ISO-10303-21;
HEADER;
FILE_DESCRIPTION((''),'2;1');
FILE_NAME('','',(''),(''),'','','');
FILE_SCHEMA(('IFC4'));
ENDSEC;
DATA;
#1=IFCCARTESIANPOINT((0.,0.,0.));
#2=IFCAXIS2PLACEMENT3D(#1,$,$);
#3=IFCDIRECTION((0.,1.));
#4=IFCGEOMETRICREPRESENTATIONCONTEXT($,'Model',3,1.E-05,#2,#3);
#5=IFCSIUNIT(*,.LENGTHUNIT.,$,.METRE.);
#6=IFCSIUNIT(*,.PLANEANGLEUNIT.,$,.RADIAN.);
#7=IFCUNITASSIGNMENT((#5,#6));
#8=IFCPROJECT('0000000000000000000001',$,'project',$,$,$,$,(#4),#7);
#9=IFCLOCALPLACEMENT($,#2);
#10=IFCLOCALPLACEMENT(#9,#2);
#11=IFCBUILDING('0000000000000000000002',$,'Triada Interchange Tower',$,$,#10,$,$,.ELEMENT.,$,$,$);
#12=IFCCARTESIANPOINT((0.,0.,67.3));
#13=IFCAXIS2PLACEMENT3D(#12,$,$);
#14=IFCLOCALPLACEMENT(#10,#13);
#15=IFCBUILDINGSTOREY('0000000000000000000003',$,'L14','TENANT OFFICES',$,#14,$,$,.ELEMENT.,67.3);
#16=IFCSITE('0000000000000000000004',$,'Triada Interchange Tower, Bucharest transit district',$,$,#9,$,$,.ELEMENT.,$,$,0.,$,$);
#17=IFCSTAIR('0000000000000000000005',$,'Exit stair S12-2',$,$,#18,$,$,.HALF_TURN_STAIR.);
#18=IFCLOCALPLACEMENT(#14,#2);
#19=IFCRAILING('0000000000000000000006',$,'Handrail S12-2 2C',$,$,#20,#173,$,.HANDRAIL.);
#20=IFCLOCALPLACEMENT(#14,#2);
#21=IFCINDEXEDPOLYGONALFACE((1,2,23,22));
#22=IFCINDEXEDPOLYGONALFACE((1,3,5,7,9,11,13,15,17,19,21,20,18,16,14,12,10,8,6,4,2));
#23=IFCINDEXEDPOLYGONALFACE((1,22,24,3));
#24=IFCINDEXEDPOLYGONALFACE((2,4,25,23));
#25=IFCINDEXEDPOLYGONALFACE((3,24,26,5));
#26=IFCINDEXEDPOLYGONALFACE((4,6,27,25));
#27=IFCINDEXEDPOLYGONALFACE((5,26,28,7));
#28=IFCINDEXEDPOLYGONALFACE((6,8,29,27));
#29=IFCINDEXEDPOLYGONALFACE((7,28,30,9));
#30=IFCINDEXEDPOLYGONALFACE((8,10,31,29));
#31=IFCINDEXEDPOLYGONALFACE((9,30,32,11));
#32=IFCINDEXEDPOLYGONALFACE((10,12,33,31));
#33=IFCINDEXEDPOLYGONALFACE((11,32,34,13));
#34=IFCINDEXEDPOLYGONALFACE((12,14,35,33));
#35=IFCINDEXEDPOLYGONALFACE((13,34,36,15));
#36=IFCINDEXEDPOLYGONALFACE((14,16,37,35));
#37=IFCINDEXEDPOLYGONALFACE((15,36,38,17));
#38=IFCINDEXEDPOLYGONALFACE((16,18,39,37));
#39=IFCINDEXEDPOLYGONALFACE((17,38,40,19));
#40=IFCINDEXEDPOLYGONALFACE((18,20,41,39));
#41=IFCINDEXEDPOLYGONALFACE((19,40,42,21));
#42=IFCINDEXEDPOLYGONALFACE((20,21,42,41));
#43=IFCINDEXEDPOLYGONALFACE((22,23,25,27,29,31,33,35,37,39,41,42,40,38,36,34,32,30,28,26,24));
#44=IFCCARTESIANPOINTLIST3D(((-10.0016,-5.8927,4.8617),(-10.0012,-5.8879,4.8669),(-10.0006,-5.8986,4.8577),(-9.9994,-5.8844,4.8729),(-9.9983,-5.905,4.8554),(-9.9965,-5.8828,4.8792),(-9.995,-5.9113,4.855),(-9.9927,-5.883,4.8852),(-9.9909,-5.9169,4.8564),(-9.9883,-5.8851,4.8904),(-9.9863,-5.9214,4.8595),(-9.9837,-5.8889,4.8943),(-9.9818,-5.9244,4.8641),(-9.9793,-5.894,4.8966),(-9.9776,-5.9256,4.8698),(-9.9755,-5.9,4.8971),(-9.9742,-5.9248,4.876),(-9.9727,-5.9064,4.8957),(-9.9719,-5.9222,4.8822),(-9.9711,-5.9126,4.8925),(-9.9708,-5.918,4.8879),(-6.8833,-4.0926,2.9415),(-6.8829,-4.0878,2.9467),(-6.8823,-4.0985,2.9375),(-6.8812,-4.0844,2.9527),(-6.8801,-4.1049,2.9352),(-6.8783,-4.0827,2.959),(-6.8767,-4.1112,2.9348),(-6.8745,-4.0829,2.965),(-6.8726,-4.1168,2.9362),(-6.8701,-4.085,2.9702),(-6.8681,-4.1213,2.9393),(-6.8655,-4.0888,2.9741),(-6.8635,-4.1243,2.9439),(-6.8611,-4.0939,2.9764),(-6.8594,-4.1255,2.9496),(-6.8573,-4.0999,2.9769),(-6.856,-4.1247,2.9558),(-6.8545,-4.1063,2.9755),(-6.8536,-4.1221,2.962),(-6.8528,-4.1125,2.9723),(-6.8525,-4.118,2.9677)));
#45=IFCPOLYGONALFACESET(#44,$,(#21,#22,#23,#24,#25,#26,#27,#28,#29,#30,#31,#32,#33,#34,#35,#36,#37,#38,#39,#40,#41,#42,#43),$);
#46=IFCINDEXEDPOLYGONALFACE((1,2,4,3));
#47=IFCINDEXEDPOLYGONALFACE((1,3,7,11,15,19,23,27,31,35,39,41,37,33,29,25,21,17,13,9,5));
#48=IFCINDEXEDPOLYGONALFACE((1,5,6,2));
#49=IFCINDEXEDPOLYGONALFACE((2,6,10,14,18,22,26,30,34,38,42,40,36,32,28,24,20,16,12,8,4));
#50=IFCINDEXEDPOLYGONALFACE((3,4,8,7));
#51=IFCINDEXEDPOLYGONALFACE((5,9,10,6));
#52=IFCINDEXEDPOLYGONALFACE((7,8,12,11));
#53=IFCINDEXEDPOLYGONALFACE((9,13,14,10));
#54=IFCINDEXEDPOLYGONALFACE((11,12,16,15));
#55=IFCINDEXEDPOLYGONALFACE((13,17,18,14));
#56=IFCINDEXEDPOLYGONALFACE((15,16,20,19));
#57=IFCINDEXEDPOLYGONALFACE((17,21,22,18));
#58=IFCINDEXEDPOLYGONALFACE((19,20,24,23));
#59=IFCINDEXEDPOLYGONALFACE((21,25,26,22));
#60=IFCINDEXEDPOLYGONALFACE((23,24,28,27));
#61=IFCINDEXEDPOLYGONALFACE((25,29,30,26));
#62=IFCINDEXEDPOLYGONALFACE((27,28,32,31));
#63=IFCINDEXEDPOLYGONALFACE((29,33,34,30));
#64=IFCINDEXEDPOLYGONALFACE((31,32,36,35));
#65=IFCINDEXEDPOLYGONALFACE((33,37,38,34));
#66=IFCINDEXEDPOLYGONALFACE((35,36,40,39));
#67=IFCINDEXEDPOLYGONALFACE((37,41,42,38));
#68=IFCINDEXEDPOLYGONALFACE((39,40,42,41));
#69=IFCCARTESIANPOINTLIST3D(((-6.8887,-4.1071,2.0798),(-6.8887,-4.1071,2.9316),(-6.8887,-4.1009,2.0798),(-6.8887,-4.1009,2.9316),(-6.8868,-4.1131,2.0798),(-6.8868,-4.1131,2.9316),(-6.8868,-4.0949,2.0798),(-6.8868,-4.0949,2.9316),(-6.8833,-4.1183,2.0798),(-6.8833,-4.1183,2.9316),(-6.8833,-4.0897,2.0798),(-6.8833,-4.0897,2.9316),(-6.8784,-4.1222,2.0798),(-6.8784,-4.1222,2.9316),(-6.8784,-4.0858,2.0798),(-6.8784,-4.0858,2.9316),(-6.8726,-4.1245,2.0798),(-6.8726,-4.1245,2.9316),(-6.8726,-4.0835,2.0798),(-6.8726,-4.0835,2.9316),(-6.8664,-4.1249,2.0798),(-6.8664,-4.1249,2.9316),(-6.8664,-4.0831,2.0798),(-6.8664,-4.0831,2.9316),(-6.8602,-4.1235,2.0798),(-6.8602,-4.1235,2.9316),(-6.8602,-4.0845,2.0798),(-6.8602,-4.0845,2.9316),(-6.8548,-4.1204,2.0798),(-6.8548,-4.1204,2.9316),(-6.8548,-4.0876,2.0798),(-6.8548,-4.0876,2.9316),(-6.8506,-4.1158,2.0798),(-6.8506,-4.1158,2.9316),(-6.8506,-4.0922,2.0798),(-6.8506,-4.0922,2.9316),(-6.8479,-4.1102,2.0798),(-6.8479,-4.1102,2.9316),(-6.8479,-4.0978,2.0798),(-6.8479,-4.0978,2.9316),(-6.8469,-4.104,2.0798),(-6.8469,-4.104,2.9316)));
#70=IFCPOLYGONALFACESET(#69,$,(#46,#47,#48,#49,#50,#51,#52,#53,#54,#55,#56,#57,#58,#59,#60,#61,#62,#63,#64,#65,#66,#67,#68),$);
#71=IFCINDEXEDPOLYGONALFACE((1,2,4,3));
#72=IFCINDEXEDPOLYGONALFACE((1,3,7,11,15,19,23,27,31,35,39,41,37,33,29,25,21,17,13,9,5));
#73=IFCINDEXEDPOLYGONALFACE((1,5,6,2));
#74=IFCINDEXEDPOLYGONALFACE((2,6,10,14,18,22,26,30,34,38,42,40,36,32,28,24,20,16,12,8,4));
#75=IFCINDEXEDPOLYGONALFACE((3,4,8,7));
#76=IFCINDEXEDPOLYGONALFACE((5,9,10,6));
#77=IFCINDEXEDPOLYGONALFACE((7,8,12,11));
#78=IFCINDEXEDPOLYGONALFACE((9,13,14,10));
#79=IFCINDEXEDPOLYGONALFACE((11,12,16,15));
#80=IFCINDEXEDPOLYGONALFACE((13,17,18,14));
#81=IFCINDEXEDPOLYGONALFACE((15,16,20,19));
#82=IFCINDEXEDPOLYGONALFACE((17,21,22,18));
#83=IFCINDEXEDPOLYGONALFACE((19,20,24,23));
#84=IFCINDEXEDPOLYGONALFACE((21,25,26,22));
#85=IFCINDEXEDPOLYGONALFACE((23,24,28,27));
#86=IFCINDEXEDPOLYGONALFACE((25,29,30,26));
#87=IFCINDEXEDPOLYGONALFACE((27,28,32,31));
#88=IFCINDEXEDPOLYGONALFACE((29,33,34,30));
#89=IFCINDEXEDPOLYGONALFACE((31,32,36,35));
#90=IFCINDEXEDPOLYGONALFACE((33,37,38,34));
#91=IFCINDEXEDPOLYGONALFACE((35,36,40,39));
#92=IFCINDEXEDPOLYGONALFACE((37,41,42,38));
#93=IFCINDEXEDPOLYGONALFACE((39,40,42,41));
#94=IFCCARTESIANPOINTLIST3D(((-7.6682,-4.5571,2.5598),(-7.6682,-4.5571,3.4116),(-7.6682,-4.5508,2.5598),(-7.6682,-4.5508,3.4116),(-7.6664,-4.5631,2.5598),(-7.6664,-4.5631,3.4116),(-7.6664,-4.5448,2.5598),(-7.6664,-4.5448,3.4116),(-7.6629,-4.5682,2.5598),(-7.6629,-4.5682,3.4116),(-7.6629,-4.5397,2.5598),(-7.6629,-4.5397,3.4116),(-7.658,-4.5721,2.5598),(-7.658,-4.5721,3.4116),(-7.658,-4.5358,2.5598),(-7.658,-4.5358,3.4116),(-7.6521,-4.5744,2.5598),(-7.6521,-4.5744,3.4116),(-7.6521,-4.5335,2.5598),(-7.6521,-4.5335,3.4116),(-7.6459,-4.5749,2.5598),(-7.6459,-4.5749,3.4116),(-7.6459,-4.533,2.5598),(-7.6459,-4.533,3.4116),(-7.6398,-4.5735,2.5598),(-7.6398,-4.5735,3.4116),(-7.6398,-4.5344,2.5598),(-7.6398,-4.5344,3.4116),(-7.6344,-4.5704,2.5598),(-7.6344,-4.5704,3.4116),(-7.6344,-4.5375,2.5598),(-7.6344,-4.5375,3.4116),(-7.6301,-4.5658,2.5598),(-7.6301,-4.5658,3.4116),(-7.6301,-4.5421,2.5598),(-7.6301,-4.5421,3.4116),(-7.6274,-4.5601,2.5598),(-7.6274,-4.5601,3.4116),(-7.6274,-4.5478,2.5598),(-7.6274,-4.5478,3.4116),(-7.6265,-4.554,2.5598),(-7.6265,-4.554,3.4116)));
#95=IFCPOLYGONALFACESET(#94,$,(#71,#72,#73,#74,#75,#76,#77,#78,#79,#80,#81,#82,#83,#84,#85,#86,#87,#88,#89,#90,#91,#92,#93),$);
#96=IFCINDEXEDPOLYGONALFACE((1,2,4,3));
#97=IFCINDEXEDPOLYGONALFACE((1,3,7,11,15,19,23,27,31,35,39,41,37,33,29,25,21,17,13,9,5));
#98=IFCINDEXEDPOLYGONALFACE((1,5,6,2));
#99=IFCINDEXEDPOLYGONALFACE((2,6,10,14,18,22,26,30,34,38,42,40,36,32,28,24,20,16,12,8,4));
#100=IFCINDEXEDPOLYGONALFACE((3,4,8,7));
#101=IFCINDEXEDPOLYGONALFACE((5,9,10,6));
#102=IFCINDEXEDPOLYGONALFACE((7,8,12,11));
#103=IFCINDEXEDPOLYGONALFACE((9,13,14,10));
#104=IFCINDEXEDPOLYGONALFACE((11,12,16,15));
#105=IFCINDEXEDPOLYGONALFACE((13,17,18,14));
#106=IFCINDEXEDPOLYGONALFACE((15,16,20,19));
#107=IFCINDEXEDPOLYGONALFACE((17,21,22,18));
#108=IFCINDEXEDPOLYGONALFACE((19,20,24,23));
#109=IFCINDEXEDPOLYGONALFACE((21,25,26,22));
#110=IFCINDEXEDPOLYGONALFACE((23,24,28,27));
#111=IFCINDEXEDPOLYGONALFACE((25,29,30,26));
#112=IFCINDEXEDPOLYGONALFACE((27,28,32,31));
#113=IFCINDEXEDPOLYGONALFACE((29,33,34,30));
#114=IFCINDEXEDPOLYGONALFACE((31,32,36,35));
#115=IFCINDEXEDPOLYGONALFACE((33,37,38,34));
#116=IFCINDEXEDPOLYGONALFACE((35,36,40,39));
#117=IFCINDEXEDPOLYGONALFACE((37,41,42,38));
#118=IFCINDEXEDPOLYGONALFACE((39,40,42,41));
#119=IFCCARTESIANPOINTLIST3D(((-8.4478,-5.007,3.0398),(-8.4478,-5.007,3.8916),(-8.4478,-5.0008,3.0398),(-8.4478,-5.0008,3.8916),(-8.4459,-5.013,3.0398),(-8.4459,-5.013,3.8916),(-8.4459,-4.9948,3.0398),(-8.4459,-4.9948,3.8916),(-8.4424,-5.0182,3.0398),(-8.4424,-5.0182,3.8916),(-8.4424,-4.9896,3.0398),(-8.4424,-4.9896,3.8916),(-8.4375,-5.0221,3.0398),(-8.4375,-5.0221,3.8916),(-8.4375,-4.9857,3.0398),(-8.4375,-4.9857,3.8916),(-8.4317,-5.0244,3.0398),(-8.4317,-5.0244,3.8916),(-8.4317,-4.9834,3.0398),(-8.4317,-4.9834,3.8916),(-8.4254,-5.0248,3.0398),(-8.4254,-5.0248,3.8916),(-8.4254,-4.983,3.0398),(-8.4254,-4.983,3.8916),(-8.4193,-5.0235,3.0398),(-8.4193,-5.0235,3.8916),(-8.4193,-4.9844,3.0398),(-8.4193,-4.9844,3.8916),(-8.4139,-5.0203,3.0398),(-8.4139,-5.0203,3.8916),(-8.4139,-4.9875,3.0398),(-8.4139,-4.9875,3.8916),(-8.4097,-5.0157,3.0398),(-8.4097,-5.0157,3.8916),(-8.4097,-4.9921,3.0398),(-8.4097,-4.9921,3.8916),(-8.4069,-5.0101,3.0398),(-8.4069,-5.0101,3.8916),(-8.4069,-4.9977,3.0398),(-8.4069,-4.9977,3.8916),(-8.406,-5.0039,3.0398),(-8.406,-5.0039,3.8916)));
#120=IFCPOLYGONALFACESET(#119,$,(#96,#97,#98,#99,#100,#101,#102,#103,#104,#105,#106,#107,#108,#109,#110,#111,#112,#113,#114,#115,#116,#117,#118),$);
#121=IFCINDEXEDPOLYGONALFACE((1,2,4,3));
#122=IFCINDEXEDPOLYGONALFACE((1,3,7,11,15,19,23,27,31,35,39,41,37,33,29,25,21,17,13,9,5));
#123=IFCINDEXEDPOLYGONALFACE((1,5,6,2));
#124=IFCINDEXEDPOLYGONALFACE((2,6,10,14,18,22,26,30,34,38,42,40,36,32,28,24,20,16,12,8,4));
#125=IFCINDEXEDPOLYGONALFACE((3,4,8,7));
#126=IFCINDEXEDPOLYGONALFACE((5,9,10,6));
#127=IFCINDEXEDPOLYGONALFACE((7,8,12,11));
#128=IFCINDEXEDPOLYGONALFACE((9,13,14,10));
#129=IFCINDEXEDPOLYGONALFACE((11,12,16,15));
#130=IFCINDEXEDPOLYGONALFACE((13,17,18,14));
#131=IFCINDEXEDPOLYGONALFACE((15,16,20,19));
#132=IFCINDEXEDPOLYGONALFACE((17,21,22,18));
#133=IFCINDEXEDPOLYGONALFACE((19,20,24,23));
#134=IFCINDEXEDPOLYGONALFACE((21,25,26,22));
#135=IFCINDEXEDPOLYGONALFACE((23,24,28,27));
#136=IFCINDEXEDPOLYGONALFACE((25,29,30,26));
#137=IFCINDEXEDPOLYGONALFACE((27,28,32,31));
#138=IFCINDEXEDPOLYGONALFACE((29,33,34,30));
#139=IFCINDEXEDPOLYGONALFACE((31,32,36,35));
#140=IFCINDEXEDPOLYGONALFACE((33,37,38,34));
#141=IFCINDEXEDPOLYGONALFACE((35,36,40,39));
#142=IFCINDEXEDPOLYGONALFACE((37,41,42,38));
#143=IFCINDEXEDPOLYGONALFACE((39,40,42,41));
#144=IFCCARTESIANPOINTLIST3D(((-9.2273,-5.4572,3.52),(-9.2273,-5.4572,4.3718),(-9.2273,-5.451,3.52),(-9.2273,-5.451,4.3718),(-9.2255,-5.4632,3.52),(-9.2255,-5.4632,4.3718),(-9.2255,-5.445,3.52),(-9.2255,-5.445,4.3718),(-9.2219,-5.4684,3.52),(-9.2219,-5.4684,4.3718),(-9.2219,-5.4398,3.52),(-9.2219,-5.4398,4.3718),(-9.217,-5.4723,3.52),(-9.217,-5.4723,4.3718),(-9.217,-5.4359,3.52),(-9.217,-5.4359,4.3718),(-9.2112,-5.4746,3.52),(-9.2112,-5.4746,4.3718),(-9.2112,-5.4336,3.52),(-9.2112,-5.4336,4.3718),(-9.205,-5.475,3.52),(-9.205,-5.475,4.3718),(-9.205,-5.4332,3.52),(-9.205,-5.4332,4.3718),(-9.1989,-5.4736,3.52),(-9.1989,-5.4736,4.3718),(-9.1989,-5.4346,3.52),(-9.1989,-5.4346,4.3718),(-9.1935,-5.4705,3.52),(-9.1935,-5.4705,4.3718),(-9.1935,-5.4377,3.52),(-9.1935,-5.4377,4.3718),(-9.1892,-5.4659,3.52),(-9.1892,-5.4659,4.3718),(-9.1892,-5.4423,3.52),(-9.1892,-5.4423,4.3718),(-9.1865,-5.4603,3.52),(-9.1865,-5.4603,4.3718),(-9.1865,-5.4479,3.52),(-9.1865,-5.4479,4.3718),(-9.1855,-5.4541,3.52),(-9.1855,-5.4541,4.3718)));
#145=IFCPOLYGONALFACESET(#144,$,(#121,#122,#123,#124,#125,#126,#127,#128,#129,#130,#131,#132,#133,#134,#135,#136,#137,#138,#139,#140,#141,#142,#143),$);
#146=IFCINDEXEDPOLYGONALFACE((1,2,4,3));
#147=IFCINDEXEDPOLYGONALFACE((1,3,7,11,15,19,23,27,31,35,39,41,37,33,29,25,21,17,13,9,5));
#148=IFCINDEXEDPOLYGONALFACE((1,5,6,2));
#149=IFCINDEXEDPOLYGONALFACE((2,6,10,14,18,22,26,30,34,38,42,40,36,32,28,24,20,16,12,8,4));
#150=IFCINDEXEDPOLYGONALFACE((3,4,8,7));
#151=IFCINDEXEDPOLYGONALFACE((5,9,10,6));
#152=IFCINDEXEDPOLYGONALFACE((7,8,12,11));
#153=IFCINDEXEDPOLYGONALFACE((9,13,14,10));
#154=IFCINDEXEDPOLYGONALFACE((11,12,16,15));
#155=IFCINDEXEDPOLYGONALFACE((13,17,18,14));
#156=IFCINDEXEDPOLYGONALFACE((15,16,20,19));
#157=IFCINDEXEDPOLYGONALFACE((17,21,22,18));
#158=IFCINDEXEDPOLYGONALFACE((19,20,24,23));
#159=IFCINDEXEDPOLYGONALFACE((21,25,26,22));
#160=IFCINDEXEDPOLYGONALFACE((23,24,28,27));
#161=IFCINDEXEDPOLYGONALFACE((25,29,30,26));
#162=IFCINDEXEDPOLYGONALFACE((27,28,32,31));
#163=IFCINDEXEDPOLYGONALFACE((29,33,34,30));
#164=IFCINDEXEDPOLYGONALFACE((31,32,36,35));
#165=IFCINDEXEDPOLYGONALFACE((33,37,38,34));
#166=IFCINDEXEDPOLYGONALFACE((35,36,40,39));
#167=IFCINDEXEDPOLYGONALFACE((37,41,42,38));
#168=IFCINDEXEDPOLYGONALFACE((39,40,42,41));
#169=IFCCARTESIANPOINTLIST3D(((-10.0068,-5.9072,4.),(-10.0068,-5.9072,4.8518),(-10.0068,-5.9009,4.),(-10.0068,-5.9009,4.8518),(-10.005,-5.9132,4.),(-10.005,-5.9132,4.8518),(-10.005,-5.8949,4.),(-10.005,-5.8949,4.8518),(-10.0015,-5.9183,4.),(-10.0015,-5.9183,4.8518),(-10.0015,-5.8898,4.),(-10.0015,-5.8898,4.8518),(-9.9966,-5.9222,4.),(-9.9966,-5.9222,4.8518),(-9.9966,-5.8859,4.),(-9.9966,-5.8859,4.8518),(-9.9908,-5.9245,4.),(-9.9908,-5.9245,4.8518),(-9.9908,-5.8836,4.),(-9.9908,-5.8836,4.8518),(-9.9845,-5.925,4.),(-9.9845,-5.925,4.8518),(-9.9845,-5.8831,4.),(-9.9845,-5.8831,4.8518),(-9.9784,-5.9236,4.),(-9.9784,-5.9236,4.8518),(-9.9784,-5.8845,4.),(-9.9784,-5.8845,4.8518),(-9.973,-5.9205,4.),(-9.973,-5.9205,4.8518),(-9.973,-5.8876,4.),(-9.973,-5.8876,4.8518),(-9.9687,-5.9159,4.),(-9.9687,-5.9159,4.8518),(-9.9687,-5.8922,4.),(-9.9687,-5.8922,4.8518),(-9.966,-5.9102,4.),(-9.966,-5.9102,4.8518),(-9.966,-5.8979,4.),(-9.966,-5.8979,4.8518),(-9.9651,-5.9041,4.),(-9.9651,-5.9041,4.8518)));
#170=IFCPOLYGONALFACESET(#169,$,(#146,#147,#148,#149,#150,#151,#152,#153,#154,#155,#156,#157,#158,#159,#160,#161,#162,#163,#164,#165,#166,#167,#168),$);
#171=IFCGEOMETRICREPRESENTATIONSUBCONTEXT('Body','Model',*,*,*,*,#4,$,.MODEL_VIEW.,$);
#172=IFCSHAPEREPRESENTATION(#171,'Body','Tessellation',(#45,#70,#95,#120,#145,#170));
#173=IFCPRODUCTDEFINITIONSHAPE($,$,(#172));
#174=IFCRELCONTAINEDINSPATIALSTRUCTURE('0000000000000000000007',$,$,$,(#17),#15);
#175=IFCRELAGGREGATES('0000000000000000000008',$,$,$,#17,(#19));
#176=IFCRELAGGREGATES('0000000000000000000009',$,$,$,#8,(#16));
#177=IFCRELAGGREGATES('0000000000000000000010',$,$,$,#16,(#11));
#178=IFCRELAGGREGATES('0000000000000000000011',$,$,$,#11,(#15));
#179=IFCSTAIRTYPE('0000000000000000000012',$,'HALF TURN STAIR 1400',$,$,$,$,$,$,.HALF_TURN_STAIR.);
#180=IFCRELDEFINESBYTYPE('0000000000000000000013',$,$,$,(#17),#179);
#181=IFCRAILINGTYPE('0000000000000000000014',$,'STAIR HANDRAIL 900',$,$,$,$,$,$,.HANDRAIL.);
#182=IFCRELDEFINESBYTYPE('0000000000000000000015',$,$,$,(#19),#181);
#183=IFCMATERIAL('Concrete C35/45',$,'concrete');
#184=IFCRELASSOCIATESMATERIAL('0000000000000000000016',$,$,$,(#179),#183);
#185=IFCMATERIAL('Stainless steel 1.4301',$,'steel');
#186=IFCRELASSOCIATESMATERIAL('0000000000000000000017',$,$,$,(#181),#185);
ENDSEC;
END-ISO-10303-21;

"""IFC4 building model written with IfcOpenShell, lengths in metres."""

from ifc_helpers import new_model, si_unit, direction, frame, origin, origin_2d, place, context, subcontext, project, spatial, circle, extrude, material, type_object, element, aggregate, save


model = new_model("IFC4")

# Units and contexts
model_context = context("Model", 3, precision=1e-05, world=origin(), true_north=direction((0.0, 1.0)))
body_context = subcontext(model_context, "Body", "Model", "MODEL_VIEW")
ifc_project = project(units=[si_unit("LENGTHUNIT", "METRE"), si_unit("PLANEANGLEUNIT", "RADIAN")], contexts=[model_context])

# Site, building, storey
site_placement = place(None, origin())
site = spatial("IfcSite", under=ifc_project, at=site_placement, Name="Triada Interchange Tower, Bucharest transit district", CompositionType="ELEMENT", RefElevation=0.0)
building_placement = place(site_placement, origin())
building = spatial("IfcBuilding", under=site, at=building_placement, Name="Triada Interchange Tower", CompositionType="ELEMENT")
storey_placement = place(building_placement, frame((0.0, 0.0, 67.3)))
storey = spatial("IfcBuildingStorey", under=building, at=storey_placement, Name="L14", Description="TENANT OFFICES", CompositionType="ELEMENT", Elevation=67.3)

# Stair, railing
ifc_material_1 = material(Name="Concrete C35/45", Category="concrete")
stair_type = type_object("IfcStairType", Name="HALF TURN STAIR 1400", PredefinedType="HALF_TURN_STAIR", material=ifc_material_1)
stair_placement = place(storey_placement, origin())
stair = element("IfcStair", 1, at=stair_placement, inside=storey, type_object=stair_type, Name="Exit stair S12-2", PredefinedType="HALF_TURN_STAIR")
ifc_material_2 = material(Name="Stainless steel 1.4301", Category="steel")
railing_type = type_object("IfcRailingType", Name="STAIR HANDRAIL 900", PredefinedType="HANDRAIL", material=ifc_material_2)
railing_1_placement = place(storey_placement, frame((-6.8679, -4.104, 2.0798)))
railing_1 = element("IfcRailing", 2, at=railing_1_placement, type_object=railing_type, Name="Handrail S12-2 2C", PredefinedType="HANDRAIL", context=body_context, shape_type="SweptSolid", body=[
    extrude(circle(Radius=0.0239, at=origin_2d()), frame((0.0, 0.0, 0.876), z_axis=(-0.76417, -0.441139, 0.470576), x_axis=(0.499953, -0.866052, 0.0)), (0.0, 0.0, 1.0), 4.0806),
    extrude(circle(Radius=0.021, at=origin_2d()), origin(), (0.0, 0.0, 1.0), 0.8518),
    extrude(circle(Radius=0.021, at=origin_2d()), frame((-0.7795, -0.45, 0.48)), (0.0, 0.0, 1.0), 0.8518),
    extrude(circle(Radius=0.021, at=origin_2d()), frame((-1.5591, -0.8999, 0.96)), (0.0, 0.0, 1.0), 0.8518),
    extrude(circle(Radius=0.021, at=origin_2d()), frame((-2.3386, -1.3501, 1.4402)), (0.0, 0.0, 1.0), 0.8518),
    extrude(circle(Radius=0.021, at=origin_2d()), frame((-3.1182, -1.8, 1.9202)), (0.0, 0.0, 1.0), 0.8518),
])
aggregate(stair, [railing_1])

save(model, "model.ifc")
